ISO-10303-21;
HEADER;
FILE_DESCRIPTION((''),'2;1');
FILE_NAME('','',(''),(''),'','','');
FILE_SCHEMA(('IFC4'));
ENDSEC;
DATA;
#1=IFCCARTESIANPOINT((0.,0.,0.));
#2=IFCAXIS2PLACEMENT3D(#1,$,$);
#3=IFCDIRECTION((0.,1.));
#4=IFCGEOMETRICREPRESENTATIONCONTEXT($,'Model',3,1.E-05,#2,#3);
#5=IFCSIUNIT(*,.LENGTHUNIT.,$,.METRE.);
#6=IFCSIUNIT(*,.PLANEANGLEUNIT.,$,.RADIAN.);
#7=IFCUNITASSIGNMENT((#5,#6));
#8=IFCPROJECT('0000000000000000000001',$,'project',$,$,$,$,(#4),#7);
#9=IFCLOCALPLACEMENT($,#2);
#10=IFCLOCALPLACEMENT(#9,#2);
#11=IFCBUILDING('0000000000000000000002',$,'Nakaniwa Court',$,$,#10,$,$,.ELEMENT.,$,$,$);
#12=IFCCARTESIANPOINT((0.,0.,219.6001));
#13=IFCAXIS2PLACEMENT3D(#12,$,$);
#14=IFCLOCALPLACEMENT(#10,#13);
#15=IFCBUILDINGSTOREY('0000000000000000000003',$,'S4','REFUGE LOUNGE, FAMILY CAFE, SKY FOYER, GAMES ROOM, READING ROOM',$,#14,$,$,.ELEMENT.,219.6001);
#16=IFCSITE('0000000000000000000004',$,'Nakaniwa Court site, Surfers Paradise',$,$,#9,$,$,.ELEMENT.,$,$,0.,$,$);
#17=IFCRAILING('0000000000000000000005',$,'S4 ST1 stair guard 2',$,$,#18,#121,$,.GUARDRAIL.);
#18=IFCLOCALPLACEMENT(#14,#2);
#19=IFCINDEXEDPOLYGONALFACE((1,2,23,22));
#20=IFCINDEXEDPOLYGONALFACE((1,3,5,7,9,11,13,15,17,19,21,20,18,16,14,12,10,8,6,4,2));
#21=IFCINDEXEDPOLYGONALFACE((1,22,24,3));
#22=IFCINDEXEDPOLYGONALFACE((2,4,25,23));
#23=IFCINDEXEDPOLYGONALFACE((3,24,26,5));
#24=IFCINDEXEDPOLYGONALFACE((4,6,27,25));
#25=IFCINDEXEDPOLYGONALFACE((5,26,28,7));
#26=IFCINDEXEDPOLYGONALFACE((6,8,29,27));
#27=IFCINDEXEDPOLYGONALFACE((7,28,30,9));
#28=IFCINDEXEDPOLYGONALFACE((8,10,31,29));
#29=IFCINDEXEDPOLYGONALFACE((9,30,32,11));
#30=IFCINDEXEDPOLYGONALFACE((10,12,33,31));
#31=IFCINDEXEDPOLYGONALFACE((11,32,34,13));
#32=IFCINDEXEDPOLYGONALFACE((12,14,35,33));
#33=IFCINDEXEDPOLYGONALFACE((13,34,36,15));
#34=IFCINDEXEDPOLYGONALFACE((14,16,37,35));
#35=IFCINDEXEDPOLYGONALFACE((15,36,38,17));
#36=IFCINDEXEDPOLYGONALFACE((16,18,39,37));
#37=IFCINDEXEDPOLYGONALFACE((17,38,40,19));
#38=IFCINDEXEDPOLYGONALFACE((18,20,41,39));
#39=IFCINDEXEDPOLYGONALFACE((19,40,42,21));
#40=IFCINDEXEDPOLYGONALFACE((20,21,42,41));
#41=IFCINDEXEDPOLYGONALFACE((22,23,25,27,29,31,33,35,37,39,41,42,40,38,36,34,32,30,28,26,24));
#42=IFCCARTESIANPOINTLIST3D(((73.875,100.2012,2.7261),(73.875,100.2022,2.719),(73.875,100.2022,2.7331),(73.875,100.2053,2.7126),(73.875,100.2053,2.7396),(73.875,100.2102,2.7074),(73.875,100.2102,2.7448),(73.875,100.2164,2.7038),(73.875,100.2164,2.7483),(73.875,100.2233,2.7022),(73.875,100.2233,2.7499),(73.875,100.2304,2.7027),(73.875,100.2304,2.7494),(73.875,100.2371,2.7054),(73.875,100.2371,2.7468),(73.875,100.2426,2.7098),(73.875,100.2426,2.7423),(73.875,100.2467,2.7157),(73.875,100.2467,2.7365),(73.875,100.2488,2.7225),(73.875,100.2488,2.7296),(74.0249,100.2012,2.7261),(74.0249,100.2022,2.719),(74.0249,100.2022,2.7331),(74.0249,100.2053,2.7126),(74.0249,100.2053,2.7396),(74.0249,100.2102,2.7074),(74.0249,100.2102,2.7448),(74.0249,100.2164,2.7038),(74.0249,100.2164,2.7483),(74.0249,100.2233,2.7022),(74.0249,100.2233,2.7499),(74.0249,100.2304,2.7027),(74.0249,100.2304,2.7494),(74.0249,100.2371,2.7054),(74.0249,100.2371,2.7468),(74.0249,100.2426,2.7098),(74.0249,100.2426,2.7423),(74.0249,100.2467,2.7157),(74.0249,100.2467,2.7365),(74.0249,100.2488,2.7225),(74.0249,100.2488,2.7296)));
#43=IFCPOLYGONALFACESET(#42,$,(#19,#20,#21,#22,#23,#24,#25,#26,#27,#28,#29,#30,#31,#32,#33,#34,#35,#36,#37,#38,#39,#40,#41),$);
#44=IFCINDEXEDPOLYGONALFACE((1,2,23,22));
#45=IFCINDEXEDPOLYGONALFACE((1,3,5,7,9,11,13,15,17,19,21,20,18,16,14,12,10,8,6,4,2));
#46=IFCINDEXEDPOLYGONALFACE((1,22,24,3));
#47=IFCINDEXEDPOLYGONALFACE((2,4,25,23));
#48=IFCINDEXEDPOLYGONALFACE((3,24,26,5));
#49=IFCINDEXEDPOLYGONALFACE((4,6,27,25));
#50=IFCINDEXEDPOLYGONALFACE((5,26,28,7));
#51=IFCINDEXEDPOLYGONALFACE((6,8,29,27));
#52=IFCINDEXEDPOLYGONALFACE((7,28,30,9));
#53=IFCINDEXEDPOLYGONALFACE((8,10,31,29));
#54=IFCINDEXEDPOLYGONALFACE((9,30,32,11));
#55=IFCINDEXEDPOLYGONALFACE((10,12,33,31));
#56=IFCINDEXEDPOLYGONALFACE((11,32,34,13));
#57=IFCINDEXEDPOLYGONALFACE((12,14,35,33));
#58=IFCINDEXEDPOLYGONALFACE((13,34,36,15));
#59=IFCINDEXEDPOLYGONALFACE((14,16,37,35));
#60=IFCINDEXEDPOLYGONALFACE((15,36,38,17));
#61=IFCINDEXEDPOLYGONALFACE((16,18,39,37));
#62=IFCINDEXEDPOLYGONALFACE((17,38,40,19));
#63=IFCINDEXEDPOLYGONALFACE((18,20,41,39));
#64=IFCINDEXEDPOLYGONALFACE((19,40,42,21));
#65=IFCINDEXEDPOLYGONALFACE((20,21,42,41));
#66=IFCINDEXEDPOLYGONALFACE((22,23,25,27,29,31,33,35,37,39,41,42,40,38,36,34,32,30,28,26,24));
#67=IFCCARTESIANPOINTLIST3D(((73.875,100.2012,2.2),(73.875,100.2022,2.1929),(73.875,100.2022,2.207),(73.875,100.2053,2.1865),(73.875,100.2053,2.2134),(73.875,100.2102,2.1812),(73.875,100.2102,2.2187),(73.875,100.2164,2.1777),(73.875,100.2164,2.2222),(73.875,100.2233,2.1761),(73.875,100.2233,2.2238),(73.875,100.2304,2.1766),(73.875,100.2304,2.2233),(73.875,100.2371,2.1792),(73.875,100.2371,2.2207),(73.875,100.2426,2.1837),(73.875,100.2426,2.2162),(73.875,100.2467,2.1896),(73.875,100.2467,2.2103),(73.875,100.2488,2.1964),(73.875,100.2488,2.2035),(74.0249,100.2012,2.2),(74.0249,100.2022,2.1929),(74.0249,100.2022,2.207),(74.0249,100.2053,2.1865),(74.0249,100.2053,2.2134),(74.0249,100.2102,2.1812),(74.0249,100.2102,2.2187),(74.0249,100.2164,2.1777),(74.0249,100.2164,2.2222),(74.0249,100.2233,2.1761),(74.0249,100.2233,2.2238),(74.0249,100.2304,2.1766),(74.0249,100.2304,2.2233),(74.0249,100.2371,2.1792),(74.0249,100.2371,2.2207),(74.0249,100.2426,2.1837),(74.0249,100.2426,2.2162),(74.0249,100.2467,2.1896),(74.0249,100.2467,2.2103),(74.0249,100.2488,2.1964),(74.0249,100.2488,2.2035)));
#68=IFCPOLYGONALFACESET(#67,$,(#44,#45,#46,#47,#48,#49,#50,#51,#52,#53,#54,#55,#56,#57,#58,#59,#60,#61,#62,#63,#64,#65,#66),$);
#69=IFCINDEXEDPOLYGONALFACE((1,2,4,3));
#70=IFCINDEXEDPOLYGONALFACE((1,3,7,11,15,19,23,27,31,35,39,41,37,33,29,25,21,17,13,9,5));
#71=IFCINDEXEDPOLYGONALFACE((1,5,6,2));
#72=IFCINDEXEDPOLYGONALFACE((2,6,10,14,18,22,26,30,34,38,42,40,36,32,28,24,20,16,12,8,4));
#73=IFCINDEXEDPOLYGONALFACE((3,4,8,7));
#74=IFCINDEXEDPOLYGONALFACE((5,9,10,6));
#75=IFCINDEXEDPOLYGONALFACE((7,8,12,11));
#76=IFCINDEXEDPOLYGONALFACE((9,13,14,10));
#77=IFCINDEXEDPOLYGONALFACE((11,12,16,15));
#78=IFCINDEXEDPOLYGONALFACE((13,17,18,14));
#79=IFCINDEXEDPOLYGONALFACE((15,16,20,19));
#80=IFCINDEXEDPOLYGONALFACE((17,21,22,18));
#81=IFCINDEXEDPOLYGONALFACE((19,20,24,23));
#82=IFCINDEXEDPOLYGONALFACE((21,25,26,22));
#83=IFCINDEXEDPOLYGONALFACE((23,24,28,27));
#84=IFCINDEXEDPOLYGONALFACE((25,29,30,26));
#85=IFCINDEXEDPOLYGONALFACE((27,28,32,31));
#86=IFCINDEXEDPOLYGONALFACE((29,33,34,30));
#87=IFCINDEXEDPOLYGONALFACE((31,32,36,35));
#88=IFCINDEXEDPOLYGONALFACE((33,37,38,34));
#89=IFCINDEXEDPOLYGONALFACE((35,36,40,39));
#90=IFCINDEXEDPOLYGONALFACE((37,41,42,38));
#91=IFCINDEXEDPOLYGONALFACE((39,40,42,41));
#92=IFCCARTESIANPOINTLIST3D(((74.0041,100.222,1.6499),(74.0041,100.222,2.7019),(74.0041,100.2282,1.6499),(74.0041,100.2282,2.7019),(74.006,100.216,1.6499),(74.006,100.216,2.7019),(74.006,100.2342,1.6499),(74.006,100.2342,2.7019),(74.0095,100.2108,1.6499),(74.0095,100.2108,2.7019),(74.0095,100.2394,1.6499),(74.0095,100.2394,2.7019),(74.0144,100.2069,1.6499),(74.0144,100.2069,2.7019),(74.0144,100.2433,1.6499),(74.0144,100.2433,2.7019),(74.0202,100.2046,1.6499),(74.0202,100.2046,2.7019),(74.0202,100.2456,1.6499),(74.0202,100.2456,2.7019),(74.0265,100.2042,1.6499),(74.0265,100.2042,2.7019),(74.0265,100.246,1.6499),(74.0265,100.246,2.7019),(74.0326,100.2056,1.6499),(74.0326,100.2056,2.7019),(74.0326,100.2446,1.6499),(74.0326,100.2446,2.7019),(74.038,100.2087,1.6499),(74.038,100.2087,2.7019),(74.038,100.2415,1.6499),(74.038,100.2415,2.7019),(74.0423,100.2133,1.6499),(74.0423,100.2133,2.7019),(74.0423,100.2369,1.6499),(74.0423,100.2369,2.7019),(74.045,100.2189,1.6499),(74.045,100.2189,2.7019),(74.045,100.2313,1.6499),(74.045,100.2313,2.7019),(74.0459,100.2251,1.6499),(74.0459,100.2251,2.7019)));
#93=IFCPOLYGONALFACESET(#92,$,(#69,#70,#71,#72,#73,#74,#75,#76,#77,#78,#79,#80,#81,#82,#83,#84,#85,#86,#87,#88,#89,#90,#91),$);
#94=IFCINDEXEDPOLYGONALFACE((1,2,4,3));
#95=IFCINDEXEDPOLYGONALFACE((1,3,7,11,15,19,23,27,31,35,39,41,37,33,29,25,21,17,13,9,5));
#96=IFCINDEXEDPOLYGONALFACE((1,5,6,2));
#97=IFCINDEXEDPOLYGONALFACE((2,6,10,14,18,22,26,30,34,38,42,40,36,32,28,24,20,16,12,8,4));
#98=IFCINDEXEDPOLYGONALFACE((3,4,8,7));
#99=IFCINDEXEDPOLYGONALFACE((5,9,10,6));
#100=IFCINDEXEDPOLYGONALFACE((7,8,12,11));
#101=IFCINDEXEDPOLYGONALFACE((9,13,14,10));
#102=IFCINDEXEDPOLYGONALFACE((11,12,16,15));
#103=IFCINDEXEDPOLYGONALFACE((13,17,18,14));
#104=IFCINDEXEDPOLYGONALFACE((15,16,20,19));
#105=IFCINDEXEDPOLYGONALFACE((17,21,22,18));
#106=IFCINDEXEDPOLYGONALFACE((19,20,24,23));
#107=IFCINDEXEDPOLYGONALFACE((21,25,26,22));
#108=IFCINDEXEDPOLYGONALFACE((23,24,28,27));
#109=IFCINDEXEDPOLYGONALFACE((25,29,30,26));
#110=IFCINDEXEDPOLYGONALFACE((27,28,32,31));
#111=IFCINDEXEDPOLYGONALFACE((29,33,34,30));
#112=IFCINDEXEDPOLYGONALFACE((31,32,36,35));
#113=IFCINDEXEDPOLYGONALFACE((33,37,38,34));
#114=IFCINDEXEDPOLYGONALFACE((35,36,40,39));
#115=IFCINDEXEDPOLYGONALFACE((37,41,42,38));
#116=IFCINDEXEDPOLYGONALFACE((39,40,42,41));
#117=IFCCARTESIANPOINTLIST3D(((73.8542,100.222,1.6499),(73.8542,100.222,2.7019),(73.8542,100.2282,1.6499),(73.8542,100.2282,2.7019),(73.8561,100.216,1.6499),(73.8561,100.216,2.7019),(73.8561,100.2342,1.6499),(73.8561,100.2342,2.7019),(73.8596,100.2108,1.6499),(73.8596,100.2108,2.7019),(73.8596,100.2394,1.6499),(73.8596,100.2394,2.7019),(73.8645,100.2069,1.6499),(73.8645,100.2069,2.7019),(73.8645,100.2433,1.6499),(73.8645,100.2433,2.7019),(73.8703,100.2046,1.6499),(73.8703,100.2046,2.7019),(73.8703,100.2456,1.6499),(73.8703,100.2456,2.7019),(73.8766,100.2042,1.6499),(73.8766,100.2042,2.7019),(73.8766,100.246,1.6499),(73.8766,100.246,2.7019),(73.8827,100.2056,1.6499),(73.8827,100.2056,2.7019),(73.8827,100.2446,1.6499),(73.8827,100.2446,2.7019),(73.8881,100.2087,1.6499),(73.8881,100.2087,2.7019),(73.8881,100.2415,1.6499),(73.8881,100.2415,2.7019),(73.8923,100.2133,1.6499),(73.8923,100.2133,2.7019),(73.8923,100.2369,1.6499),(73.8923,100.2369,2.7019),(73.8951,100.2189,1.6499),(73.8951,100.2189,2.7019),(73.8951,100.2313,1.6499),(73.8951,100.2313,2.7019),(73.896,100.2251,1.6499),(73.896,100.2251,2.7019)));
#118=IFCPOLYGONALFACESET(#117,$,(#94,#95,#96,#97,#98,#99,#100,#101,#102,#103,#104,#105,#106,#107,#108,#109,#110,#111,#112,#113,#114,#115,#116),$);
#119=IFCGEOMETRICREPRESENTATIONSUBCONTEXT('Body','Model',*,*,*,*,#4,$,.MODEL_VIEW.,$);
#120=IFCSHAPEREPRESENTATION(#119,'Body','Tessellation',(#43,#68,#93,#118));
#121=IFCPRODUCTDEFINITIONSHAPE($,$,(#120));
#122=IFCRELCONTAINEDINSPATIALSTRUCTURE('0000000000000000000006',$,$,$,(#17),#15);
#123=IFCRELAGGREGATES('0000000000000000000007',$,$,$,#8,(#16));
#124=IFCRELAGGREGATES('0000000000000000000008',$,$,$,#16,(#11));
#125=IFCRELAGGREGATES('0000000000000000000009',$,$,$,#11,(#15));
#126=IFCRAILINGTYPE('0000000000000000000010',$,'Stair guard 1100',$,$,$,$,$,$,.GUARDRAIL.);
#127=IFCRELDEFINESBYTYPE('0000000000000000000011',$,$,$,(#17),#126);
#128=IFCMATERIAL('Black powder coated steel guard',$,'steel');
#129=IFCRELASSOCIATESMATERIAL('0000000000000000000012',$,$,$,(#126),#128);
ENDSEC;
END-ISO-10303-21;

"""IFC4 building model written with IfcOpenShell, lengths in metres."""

from ifc_helpers import new_model, si_unit, direction, frame, origin, origin_2d, place, context, subcontext, project, spatial, circle, extrude, material, type_object, element, save


model = new_model("IFC4")

# Units and contexts
model_context = context("Model", 3, precision=1e-05, world=origin(), true_north=direction((0.0, 1.0)))
body_context = subcontext(model_context, "Body", "Model", "MODEL_VIEW")
ifc_project = project(units=[si_unit("LENGTHUNIT", "METRE"), si_unit("PLANEANGLEUNIT", "RADIAN")], contexts=[model_context])

# Site, building, storey
site_placement = place(None, origin())
site = spatial("IfcSite", under=ifc_project, at=site_placement, Name="Nakaniwa Court site, Surfers Paradise", CompositionType="ELEMENT", RefElevation=0.0)
building_placement = place(site_placement, origin())
building = spatial("IfcBuilding", under=site, at=building_placement, Name="Nakaniwa Court", CompositionType="ELEMENT")
storey_placement = place(building_placement, frame((0.0, 0.0, 219.6001)))
storey = spatial("IfcBuildingStorey", under=building, at=storey_placement, Name="S4", Description="REFUGE LOUNGE, FAMILY CAFE, SKY FOYER, GAMES ROOM, READING ROOM", CompositionType="ELEMENT", Elevation=219.6001)

# Railing
ifc_material_1 = material(Name="Black powder coated steel guard", Category="steel")
railing_type_1 = type_object("IfcRailingType", Name="Stair guard 1100", PredefinedType="GUARDRAIL", material=ifc_material_1)
railing_1_placement = place(storey_placement, frame((74.0249, 100.2251, 1.6499)))
element("IfcRailing", 1, at=railing_1_placement, inside=storey, type_object=railing_type_1, Name="S4 ST1 stair guard 2", PredefinedType="GUARDRAIL", context=body_context, shape_type="SweptSolid", body=[
    extrude(circle(Radius=0.0239, at=origin_2d()), frame((0.0, 0.0, 1.0762), z_axis=(-1.0, 0.0, 0.0), x_axis=(0.0, -1.0, 0.0)), (0.0, 0.0, 1.0), 0.1499),
    extrude(circle(Radius=0.0239, at=origin_2d()), frame((0.0, 0.0, 0.55), z_axis=(-1.0, 0.0, 0.0), x_axis=(0.0, -1.0, 0.0)), (0.0, 0.0, 1.0), 0.1499),
    extrude(circle(Radius=0.021, at=origin_2d()), origin(), (0.0, 0.0, 1.0), 1.052),
    extrude(circle(Radius=0.021, at=origin_2d()), frame((-0.1499, 0.0, 0.0)), (0.0, 0.0, 1.0), 1.052),
])

save(model, "model.ifc")
